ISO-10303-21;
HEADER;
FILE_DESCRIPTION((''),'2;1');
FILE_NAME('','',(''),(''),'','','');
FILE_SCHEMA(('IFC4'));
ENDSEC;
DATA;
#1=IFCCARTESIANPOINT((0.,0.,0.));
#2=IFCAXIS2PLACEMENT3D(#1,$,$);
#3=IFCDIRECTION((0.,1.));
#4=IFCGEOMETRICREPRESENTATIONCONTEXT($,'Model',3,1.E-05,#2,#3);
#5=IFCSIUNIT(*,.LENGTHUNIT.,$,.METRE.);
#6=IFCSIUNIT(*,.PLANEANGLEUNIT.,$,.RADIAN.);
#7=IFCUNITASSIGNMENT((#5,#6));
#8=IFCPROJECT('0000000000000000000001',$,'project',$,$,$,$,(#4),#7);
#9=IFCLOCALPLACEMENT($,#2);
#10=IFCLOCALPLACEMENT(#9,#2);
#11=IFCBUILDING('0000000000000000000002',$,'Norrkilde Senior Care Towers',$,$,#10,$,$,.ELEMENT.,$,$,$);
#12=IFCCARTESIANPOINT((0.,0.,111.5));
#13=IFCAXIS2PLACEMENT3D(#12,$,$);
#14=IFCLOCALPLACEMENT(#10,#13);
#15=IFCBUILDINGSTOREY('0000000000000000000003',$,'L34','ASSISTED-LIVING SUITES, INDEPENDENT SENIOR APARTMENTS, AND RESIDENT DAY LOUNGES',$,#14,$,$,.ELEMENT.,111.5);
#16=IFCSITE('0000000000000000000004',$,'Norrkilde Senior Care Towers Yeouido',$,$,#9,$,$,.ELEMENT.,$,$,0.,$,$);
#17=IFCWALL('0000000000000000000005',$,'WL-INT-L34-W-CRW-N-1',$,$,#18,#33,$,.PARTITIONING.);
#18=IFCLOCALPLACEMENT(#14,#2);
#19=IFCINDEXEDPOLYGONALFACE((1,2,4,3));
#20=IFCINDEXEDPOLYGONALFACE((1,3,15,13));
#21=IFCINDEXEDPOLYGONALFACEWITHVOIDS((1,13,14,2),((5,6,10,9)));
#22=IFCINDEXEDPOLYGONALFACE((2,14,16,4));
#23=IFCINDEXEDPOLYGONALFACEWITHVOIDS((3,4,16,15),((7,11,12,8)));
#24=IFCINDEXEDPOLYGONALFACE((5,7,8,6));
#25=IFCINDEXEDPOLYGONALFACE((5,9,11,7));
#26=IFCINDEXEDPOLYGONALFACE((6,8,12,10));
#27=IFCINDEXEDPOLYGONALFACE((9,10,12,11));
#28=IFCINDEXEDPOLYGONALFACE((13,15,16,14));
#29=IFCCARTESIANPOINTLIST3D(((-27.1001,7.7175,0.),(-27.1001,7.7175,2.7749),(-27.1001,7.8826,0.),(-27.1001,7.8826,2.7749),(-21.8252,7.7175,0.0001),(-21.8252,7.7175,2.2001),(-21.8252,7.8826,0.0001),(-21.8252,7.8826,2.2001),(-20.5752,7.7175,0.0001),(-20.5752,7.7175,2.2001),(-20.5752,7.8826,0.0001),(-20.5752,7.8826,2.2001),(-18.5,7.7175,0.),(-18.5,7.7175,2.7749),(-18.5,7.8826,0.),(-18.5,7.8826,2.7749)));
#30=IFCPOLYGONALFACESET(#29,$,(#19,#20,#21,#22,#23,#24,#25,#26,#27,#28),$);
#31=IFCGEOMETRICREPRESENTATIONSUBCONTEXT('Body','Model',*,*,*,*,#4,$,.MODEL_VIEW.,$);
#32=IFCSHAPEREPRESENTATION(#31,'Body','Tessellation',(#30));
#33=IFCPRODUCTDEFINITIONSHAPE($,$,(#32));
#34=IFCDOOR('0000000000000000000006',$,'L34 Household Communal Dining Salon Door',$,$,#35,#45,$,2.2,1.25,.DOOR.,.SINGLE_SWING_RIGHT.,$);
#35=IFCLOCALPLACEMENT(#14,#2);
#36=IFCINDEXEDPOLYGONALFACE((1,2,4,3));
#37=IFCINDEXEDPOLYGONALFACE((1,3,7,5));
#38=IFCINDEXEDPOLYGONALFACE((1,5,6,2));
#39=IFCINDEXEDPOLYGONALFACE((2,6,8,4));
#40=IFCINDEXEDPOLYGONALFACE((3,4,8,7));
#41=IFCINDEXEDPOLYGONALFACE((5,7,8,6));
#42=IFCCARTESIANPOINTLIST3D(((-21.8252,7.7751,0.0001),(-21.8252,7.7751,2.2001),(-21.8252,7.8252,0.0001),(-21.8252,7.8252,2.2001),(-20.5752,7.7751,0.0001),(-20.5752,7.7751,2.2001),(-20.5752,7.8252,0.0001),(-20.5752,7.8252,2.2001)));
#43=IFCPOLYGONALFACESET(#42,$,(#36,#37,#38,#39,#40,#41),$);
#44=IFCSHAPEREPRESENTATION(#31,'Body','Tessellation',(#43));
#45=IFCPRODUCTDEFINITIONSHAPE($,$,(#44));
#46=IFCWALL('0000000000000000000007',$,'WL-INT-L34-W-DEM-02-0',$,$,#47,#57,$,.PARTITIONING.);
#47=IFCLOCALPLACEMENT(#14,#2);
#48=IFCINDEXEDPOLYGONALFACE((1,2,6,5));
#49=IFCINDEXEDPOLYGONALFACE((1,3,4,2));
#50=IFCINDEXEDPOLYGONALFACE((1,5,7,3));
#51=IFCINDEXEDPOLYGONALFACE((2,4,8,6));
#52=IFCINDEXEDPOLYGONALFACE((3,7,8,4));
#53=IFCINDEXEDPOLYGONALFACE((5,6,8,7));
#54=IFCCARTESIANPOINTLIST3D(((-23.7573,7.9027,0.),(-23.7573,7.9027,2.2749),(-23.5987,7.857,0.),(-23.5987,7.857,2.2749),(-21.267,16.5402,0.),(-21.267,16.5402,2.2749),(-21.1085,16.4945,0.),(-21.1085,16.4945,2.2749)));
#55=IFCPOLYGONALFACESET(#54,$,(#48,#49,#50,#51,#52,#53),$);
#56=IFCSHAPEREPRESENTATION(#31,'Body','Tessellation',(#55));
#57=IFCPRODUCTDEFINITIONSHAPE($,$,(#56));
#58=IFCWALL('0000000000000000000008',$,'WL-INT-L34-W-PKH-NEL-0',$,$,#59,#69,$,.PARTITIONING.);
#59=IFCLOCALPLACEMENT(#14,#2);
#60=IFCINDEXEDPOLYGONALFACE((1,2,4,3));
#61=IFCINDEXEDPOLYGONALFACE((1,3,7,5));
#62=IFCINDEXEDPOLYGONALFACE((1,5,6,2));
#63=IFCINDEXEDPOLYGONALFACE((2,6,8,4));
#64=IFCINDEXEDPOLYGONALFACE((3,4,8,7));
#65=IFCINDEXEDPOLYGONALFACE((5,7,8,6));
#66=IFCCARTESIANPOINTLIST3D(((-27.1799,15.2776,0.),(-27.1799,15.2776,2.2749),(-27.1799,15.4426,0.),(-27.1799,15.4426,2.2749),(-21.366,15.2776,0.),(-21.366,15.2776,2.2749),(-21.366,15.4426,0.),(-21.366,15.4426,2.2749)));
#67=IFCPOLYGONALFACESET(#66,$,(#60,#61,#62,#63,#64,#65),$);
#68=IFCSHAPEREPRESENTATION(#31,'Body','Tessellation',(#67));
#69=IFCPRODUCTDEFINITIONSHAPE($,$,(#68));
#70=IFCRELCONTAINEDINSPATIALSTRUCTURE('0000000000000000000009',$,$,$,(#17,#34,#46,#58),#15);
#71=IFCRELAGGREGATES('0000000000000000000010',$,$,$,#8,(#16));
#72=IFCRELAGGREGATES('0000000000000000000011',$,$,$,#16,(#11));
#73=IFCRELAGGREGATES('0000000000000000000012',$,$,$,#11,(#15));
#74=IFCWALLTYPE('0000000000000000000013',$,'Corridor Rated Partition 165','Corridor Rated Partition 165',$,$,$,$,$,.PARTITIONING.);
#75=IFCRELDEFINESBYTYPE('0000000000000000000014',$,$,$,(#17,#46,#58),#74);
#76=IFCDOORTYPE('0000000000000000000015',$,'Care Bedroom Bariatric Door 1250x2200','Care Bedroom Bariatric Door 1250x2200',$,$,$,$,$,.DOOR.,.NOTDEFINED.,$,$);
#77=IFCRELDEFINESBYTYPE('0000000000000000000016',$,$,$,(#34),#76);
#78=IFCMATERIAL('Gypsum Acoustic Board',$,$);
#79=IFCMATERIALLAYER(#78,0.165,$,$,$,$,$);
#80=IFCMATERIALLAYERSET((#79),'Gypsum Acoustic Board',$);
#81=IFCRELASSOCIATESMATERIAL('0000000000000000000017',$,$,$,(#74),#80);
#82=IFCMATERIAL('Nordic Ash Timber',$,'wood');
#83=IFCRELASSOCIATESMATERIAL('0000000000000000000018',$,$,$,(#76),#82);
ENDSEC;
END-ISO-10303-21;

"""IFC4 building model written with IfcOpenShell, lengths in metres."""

from ifc_helpers import new_model, si_unit, direction, frame, frame_2d, origin, place, context, subcontext, project, spatial, rectangle, extrude, source, transform, mapped, material, layer, layer_set, type_object, type_shapes, element, fill, save


model = new_model("IFC4")

# Units and contexts
model_context = context("Model", 3, precision=1e-05, world=origin(), true_north=direction((0.0, 1.0)))
body_context = subcontext(model_context, "Body", "Model", "MODEL_VIEW")
ifc_project = project(units=[si_unit("LENGTHUNIT", "METRE"), si_unit("PLANEANGLEUNIT", "RADIAN")], contexts=[model_context])

# Site, building, storey
site_placement = place(None, origin())
site = spatial("IfcSite", under=ifc_project, at=site_placement, Name="Norrkilde Senior Care Towers Yeouido", CompositionType="ELEMENT", RefElevation=0.0)
building_placement = place(site_placement, origin())
building = spatial("IfcBuilding", under=site, at=building_placement, Name="Norrkilde Senior Care Towers", CompositionType="ELEMENT")
storey_placement = place(building_placement, frame((0.0, 0.0, 111.5)))
storey = spatial("IfcBuildingStorey", under=building, at=storey_placement, Name="L34", Description="ASSISTED-LIVING SUITES, INDEPENDENT SENIOR APARTMENTS, AND RESIDENT DAY LOUNGES", CompositionType="ELEMENT", Elevation=111.5)

# Shared definitions
ifc_material_1 = material(Name="Gypsum Acoustic Board")
ifc_layer_1 = layer(ifc_material_1, 0.165)
ifc_layer_set_1 = layer_set([ifc_layer_1], Name="Gypsum Acoustic Board")
wall_type = type_object("IfcWallType", Name="Corridor Rated Partition 165", Description="Corridor Rated Partition 165", PredefinedType="PARTITIONING", material=ifc_layer_set_1)
ifc_material_2 = material(Name="Nordic Ash Timber", Category="wood")

# Wall, opening, door
shared_shape_1 = source(origin(), body_context, "Body", "SweptSolid", [
    extrude(rectangle(XDim=8.6001, YDim=0.165, at=frame_2d((4.3, 0.0))), origin(), (0.0, 0.0, 1.0), 2.7749),
])
wall_1_placement = place(storey_placement, frame((-27.1001, 7.8, 0.0), z_axis=(0.0, 0.0, 1.0), x_axis=(1.0, 0.0, 0.0)))
wall_1 = element("IfcWall", 1, at=wall_1_placement, inside=storey, type_object=wall_type, Name="WL-INT-L34-W-CRW-N-1", PredefinedType="PARTITIONING", context=body_context, shape_type="MappedRepresentation", body=[
    mapped(shared_shape_1, transform((0.0, 0.0, 0.0), x_axis=(1.0, 0.0, 0.0), y_axis=(0.0, 1.0, 0.0), z_axis=(0.0, 0.0, 1.0), scale=1.0)),
])
opening_1_placement = place(wall_1_placement, frame((5.2749, 0.0, 0.0)))
opening_1 = element("IfcOpeningElement", 2, at=opening_1_placement, cuts=wall_1, PredefinedType="OPENING", context=body_context, shape_type="SweptSolid", body=[
    extrude(rectangle(XDim=1.25, YDim=2.2, at=frame_2d((0.625, 1.1001))), frame((0.0, 0.0925, 0.0), z_axis=(0.0, -1.0, 0.0), x_axis=(1.0, 0.0, 0.0)), (0.0, 0.0, 1.0), 0.1851),
])
door_type_1 = type_object("IfcDoorType", Name="Care Bedroom Bariatric Door 1250x2200", Description="Care Bedroom Bariatric Door 1250x2200", OperationType="NOTDEFINED", PredefinedType="DOOR", material=ifc_material_2)
shared_shape_2 = source(origin(), body_context, "Body", "SweptSolid", [
    extrude(rectangle(XDim=1.25, YDim=2.2, at=frame_2d((0.625, 1.1001))), frame((0.0, 0.0249, 0.0), z_axis=(0.0, -1.0, 0.0), x_axis=(1.0, 0.0, 0.0)), (0.0, 0.0, 1.0), 0.05),
])
type_shapes(door_type_1, [shared_shape_2])
door_1_placement = place(opening_1_placement, frame((1.25, 0.0, 0.0), z_axis=(0.0, 0.0, 1.0), x_axis=(-1.0, 0.0, 0.0)))
door_1 = element("IfcDoor", 3, at=door_1_placement, inside=storey, type_object=door_type_1, Name="L34 Household Communal Dining Salon Door", OperationType="SINGLE_SWING_RIGHT", OverallHeight=2.2, OverallWidth=1.25, PredefinedType="DOOR", context=body_context, shape_type="MappedRepresentation", body=[
    mapped(shared_shape_2, transform((0.0, 0.0, 0.0), x_axis=(1.0, 0.0, 0.0), y_axis=(0.0, 1.0, 0.0), z_axis=(0.0, 0.0, 1.0), scale=1.0)),
])
fill(opening_1, door_1)

# Walls
shared_shape_3 = source(origin(), body_context, "Body", "SweptSolid", [
    extrude(rectangle(XDim=8.9893, YDim=0.165, at=frame_2d((4.4946, 0.0))), origin(), (0.0, 0.0, 1.0), 2.2749),
])
wall_2_placement = place(storey_placement, frame((-23.678, 7.8799, 0.0), z_axis=(0.0, 0.0, 1.0), x_axis=(0.277023, 0.960863, 0.0)))
element("IfcWall", 4, at=wall_2_placement, inside=storey, type_object=wall_type, Name="WL-INT-L34-W-DEM-02-0", PredefinedType="PARTITIONING", context=body_context, shape_type="MappedRepresentation", body=[
    mapped(shared_shape_3, transform((0.0, 0.0, 0.0), x_axis=(1.0, 0.0, 0.0), y_axis=(0.0, 1.0, 0.0), z_axis=(0.0, 0.0, 1.0), scale=1.0)),
])
shared_shape_4 = source(origin(), body_context, "Body", "SweptSolid", [
    extrude(rectangle(XDim=5.814, YDim=0.165, at=frame_2d((2.907, 0.0))), origin(), (0.0, 0.0, 1.0), 2.2749),
])
wall_3_placement = place(storey_placement, frame((-27.1799, 15.3601, 0.0), z_axis=(0.0, 0.0, 1.0), x_axis=(1.0, 0.0, 0.0)))
element("IfcWall", 5, at=wall_3_placement, inside=storey, type_object=wall_type, Name="WL-INT-L34-W-PKH-NEL-0", PredefinedType="PARTITIONING", context=body_context, shape_type="MappedRepresentation", body=[
    mapped(shared_shape_4, transform((0.0, 0.0, 0.0), x_axis=(1.0, 0.0, 0.0), y_axis=(0.0, 1.0, 0.0), z_axis=(0.0, 0.0, 1.0), scale=1.0)),
])

save(model, "model.ifc")
